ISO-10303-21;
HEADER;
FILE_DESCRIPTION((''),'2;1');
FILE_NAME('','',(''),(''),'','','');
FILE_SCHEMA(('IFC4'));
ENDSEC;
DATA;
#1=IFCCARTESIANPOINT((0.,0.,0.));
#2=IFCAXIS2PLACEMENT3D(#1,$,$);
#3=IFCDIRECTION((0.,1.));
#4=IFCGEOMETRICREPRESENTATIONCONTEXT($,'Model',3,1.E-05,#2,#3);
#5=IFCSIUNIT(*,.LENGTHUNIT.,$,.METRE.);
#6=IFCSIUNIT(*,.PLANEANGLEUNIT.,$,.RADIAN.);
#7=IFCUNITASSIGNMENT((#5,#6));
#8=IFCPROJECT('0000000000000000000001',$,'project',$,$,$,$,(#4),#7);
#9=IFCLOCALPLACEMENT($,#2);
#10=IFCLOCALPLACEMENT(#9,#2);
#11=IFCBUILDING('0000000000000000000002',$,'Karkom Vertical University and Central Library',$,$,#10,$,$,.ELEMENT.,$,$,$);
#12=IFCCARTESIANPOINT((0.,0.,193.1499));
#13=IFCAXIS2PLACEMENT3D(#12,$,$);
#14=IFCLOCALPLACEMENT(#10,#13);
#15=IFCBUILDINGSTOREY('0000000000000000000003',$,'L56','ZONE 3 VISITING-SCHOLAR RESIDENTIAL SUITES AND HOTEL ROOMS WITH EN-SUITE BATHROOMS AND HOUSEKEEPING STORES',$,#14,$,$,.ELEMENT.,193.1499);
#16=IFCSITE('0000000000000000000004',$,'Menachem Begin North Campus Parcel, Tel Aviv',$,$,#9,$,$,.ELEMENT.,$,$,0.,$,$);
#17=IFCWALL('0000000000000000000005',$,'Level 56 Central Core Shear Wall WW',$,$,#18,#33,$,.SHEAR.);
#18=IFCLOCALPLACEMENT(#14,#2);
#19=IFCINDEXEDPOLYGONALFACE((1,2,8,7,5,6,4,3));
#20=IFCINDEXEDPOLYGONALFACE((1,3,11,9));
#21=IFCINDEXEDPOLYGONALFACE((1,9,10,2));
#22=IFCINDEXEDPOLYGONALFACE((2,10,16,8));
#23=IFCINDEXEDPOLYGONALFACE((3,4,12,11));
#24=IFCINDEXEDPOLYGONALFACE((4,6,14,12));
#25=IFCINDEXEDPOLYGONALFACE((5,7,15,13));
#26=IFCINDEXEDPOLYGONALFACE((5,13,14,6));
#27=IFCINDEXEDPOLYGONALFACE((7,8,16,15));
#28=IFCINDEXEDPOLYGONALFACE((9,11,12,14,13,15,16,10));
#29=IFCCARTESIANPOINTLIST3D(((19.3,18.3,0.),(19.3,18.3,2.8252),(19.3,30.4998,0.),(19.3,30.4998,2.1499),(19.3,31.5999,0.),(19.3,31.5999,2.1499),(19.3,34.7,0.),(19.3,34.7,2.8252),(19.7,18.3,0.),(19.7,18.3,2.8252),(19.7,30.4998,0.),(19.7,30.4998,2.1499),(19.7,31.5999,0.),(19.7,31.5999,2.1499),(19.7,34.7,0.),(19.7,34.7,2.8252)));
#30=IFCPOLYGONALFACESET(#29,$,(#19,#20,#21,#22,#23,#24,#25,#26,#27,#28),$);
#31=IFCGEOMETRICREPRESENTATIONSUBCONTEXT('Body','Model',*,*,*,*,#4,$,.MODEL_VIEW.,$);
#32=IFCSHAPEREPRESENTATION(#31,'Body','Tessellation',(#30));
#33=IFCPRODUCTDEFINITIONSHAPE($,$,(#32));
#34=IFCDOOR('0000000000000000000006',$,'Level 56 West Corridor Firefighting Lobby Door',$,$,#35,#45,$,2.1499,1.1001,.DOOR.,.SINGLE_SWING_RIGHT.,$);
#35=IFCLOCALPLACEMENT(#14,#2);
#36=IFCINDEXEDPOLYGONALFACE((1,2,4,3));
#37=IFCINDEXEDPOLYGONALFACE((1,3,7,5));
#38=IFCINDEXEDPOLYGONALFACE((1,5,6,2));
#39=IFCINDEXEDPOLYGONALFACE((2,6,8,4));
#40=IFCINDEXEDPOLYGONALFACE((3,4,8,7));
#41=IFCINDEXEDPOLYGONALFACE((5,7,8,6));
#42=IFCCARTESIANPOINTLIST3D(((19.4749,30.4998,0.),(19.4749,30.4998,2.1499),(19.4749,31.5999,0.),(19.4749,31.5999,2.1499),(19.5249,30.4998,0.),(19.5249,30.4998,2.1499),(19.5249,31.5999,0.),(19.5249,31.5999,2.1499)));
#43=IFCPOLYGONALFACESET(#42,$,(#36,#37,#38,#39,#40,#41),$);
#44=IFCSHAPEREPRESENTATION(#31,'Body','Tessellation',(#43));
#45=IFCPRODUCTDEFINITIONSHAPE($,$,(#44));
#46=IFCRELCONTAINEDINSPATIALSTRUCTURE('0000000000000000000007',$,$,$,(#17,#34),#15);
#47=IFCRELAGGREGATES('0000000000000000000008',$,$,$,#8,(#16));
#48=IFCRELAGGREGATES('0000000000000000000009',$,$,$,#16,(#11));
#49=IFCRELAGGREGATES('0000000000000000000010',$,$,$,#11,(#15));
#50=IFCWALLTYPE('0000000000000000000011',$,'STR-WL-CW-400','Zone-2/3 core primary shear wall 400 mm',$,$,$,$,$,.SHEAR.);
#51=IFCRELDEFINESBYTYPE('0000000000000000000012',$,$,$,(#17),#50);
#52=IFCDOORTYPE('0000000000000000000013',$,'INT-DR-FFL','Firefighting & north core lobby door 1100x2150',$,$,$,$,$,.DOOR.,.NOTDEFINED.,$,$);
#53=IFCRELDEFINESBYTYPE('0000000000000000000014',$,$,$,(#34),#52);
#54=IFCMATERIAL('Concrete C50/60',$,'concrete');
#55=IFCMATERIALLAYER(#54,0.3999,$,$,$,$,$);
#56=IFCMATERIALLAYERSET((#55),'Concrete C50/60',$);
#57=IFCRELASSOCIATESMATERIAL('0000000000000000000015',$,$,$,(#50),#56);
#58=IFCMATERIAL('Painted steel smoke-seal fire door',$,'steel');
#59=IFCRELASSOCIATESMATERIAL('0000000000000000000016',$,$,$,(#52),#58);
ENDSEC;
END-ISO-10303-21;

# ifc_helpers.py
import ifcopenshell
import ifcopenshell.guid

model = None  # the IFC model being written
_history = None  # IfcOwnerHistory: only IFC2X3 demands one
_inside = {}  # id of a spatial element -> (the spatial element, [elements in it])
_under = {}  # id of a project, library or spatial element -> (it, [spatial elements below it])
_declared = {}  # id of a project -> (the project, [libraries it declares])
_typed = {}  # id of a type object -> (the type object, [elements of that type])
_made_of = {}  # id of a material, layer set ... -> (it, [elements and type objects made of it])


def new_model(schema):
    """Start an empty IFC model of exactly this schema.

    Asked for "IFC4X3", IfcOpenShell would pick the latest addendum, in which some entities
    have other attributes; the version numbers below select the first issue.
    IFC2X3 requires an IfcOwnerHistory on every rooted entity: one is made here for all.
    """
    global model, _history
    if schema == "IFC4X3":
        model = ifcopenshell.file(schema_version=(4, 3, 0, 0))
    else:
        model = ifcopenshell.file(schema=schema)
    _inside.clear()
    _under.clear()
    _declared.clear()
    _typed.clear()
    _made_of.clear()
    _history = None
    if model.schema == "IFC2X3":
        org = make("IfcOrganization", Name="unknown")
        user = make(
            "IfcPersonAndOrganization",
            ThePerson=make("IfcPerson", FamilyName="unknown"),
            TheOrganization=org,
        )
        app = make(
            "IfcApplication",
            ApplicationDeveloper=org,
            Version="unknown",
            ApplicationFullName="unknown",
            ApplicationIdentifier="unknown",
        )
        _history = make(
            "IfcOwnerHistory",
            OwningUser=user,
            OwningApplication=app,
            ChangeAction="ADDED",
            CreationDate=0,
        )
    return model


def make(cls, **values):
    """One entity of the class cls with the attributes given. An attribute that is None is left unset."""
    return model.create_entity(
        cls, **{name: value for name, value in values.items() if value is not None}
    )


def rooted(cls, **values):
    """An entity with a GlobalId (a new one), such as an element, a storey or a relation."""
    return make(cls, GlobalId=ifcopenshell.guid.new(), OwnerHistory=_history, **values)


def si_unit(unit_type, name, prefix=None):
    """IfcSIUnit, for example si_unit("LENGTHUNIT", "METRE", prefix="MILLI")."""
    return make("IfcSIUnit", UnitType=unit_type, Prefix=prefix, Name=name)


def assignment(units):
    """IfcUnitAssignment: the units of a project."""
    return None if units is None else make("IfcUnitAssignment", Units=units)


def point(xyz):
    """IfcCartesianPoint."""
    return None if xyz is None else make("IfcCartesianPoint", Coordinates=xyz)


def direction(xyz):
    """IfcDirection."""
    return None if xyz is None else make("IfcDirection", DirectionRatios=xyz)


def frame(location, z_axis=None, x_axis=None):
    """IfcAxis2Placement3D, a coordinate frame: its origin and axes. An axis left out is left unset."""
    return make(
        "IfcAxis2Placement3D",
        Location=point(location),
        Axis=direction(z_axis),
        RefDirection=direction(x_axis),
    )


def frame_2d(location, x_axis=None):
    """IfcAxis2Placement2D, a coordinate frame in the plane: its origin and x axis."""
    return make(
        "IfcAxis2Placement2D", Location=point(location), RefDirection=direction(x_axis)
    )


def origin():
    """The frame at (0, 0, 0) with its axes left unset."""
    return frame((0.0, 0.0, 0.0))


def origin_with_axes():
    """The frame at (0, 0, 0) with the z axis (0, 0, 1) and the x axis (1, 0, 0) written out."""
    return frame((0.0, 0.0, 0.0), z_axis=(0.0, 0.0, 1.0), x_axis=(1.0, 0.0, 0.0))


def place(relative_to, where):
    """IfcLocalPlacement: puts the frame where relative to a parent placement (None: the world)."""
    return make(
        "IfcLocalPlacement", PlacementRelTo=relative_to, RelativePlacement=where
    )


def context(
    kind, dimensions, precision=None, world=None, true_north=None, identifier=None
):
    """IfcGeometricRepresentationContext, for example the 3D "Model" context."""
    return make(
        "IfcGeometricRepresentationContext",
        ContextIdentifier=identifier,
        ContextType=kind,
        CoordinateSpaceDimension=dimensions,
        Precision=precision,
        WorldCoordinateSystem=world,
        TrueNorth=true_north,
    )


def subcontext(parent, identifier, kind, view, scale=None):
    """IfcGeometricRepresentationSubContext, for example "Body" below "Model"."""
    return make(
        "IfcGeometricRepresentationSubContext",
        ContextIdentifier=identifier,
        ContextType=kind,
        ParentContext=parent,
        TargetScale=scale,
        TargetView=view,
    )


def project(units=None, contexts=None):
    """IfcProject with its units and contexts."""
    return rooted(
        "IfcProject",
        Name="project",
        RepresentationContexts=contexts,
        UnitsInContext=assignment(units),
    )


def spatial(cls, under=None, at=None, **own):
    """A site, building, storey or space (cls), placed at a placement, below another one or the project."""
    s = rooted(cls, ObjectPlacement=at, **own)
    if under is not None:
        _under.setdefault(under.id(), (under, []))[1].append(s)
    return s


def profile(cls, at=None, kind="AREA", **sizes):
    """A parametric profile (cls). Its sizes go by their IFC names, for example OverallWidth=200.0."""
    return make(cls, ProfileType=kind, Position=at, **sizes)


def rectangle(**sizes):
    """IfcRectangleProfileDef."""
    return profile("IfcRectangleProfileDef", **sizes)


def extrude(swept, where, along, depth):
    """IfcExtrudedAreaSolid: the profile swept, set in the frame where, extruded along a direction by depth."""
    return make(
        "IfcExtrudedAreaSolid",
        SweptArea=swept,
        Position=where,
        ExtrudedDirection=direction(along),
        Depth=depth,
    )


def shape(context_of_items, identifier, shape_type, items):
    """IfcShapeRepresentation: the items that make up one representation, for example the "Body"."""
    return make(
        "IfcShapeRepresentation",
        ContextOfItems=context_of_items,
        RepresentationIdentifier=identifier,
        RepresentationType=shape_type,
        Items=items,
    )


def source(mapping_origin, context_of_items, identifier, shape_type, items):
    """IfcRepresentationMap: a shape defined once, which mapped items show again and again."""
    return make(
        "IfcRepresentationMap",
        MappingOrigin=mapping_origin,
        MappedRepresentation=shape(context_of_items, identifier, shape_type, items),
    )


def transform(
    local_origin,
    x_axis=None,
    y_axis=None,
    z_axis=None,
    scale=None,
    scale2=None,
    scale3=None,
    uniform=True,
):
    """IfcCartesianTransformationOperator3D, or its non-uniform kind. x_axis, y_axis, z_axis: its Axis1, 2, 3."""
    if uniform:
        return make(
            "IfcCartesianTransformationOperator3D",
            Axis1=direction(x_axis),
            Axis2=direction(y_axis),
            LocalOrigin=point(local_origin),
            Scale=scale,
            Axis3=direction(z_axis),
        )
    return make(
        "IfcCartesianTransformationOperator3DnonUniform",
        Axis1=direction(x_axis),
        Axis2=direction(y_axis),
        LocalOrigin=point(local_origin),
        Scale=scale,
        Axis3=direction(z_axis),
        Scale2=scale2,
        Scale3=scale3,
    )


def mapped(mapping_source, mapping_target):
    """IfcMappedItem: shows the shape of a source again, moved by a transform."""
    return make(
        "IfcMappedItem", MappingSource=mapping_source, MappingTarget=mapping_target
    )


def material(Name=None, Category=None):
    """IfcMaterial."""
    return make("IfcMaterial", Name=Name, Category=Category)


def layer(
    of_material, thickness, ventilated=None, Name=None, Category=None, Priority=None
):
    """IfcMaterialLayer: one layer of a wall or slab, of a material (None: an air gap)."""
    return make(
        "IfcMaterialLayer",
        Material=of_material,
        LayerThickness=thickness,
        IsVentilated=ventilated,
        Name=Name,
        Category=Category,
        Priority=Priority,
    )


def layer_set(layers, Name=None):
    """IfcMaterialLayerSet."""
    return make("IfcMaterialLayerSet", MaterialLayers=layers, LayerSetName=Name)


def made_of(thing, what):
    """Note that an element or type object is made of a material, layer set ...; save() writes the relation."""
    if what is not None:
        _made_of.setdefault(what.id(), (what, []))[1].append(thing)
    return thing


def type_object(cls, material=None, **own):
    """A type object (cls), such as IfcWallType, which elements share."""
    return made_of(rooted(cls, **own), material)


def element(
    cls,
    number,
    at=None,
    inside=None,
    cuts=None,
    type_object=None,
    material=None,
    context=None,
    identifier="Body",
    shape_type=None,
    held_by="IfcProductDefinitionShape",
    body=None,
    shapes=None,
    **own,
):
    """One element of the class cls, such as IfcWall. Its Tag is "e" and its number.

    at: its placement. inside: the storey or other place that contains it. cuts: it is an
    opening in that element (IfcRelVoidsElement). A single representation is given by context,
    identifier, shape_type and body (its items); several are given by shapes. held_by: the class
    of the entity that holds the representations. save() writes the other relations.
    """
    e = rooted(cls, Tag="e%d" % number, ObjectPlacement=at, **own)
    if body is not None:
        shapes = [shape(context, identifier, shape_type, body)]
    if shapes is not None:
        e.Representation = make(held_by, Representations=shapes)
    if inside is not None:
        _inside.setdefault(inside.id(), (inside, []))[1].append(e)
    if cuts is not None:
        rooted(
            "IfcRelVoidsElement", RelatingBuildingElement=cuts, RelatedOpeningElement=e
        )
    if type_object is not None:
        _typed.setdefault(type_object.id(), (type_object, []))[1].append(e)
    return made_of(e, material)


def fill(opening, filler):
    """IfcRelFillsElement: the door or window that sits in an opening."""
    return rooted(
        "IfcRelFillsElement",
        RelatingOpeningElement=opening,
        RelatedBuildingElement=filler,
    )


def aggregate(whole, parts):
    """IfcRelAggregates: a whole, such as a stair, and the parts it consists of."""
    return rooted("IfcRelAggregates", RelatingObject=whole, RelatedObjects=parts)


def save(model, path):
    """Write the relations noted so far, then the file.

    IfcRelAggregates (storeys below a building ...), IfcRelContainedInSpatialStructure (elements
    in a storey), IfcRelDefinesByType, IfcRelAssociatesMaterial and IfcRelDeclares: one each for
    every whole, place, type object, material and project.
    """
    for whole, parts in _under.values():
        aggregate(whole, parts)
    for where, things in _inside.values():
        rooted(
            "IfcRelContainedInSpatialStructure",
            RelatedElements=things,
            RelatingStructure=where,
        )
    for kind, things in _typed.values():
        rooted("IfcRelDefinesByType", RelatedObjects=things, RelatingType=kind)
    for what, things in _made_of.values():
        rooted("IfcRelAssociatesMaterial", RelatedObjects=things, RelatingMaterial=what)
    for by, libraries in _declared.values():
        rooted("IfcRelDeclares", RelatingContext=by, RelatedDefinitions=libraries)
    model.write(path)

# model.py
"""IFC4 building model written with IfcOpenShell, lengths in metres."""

from ifc_helpers import new_model, si_unit, direction, frame, frame_2d, origin, origin_with_axes, place, context, subcontext, project, spatial, rectangle, extrude, source, transform, mapped, material, layer, layer_set, type_object, element, fill, save


model = new_model("IFC4")

# Units and contexts
model_context = context("Model", 3, precision=1e-05, world=origin(), true_north=direction((0.0, 1.0)))
body_context = subcontext(model_context, "Body", "Model", "MODEL_VIEW")
ifc_project = project(units=[si_unit("LENGTHUNIT", "METRE"), si_unit("PLANEANGLEUNIT", "RADIAN")], contexts=[model_context])

# Site, building, storey
site_placement = place(None, origin())
site = spatial("IfcSite", under=ifc_project, at=site_placement, Name="Menachem Begin North Campus Parcel, Tel Aviv", CompositionType="ELEMENT", RefElevation=0.0)
building_placement = place(site_placement, origin())
building = spatial("IfcBuilding", under=site, at=building_placement, Name="Karkom Vertical University and Central Library", CompositionType="ELEMENT")
storey_placement = place(building_placement, frame((0.0, 0.0, 193.1499)))
storey = spatial("IfcBuildingStorey", under=building, at=storey_placement, Name="L56", Description="ZONE 3 VISITING-SCHOLAR RESIDENTIAL SUITES AND HOTEL ROOMS WITH EN-SUITE BATHROOMS AND HOUSEKEEPING STORES", CompositionType="ELEMENT", Elevation=193.1499)

# Shared definitions
ifc_material_1 = material(Name="Concrete C50/60", Category="concrete")

# Shared definitions
ifc_layer_1 = layer(ifc_material_1, 0.3999)
ifc_layer_set_1 = layer_set([ifc_layer_1], Name="Concrete C50/60")
wall_type_1 = type_object("IfcWallType", Name="STR-WL-CW-400", Description="Zone-2/3 core primary shear wall 400 mm", PredefinedType="SHEAR", material=ifc_layer_set_1)

# Wall, opening, door
wall_1_placement = place(storey_placement, frame((19.5, 34.7, 0.0), z_axis=(0.0, 0.0, 1.0), x_axis=(0.0, -1.0, 0.0)))
wall_1 = element("IfcWall", 1, at=wall_1_placement, inside=storey, type_object=wall_type_1, Name="Level 56 Central Core Shear Wall WW", PredefinedType="SHEAR", context=body_context, shape_type="SweptSolid", body=[
    extrude(rectangle(XDim=16.3999, YDim=0.3999, at=frame_2d((8.2, 0.0))), origin(), (0.0, 0.0, 1.0), 2.8252),
])
opening_1_placement = place(wall_1_placement, frame((3.1001, 0.0, 0.0)))
opening_1 = element("IfcOpeningElement", 2, at=opening_1_placement, cuts=wall_1, PredefinedType="OPENING", context=body_context, shape_type="SweptSolid", body=[
    extrude(rectangle(XDim=1.1001, YDim=2.1499, at=frame_2d((0.55, 1.075))), frame((0.0, 0.21, 0.0), z_axis=(0.0, -1.0, 0.0), x_axis=(1.0, 0.0, 0.0)), (0.0, 0.0, 1.0), 0.4199),
])
ifc_material_2 = material(Name="Painted steel smoke-seal fire door", Category="steel")
door_type = type_object("IfcDoorType", Name="INT-DR-FFL", Description="Firefighting & north core lobby door 1100x2150", OperationType="NOTDEFINED", PredefinedType="DOOR", material=ifc_material_2)
shared_shape_1 = source(origin_with_axes(), body_context, "Body", "SweptSolid", [
    extrude(rectangle(XDim=1.1001, YDim=2.1499, at=frame_2d((0.55, 1.075))), frame((0.0, 0.0249, 0.0), z_axis=(0.0, -1.0, 0.0), x_axis=(1.0, 0.0, 0.0)), (0.0, 0.0, 1.0), 0.05),
])
door_placement = place(opening_1_placement, origin())
door = element("IfcDoor", 3, at=door_placement, inside=storey, type_object=door_type, Name="Level 56 West Corridor Firefighting Lobby Door", OperationType="SINGLE_SWING_RIGHT", OverallHeight=2.1499, OverallWidth=1.1001, PredefinedType="DOOR", context=body_context, shape_type="MappedRepresentation", body=[
    mapped(shared_shape_1, transform((0.0, 0.0, 0.0), scale=1.0)),
])
fill(opening_1, door)

save(model, "model.ifc")
